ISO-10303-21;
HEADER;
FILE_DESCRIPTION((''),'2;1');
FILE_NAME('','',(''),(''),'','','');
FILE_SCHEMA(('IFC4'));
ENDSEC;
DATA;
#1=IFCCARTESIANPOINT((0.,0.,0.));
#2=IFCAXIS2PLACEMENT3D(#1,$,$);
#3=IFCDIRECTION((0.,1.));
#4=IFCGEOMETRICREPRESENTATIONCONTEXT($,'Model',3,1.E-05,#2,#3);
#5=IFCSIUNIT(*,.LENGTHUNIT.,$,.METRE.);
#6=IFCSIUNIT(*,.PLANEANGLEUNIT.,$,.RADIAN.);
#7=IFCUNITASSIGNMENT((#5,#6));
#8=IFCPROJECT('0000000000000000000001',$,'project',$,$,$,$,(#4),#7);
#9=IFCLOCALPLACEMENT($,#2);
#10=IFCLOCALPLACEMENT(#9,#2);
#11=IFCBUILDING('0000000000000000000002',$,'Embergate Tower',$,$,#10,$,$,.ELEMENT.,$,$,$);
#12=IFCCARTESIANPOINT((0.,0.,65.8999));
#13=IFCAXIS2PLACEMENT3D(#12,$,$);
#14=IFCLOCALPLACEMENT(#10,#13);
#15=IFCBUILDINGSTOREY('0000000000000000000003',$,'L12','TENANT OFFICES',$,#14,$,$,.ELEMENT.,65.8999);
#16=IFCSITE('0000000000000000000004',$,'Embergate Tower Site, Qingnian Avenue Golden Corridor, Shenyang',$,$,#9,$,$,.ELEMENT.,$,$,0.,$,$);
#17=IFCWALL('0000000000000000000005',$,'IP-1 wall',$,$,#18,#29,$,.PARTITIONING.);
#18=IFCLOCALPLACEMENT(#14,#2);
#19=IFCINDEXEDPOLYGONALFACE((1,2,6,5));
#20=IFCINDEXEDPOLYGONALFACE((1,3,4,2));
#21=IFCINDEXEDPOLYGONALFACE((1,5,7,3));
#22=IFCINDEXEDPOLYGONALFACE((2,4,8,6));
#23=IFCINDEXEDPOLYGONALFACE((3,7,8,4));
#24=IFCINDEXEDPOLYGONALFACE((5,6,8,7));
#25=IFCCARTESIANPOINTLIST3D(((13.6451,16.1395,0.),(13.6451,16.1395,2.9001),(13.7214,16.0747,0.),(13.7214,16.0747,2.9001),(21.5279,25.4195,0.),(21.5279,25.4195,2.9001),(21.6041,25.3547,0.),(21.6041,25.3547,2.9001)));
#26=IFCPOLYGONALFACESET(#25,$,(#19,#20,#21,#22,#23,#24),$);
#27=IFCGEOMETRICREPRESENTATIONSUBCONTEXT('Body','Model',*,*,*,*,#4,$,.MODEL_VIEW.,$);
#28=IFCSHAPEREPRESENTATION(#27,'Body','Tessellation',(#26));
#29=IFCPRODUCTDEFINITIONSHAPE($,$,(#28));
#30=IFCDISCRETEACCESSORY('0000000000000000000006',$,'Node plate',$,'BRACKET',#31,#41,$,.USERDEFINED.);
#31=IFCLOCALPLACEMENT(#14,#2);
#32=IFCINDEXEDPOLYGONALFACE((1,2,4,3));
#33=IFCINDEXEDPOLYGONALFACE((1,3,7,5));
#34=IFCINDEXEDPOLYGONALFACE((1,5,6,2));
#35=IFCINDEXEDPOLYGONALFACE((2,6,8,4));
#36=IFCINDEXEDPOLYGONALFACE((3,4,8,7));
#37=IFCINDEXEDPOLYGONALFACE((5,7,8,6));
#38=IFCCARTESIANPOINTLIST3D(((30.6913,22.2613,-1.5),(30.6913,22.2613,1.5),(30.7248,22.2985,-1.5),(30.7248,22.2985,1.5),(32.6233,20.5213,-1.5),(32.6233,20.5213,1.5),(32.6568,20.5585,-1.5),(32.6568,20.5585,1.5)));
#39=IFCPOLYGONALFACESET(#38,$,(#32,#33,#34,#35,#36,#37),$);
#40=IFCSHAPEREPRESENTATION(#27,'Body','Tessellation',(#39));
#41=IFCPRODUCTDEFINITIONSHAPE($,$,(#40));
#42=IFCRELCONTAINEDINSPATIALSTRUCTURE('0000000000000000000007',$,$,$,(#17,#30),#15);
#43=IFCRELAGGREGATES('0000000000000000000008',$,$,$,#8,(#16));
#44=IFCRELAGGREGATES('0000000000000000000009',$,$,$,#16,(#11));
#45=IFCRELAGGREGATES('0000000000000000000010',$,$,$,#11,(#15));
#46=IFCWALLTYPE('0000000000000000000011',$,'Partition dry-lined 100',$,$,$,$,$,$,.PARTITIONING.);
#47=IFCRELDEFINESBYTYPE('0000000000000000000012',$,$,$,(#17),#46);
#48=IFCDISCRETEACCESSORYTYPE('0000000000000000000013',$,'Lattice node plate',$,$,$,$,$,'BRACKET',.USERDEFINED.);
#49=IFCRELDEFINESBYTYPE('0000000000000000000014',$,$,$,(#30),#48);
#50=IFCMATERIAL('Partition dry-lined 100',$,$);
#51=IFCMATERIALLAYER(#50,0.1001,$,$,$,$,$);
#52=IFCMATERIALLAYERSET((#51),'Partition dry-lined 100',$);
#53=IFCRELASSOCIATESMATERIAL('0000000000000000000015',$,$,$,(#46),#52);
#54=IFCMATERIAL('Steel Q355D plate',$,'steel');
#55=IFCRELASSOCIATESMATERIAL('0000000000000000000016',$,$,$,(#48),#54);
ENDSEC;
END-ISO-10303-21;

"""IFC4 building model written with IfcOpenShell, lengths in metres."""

from ifc_helpers import new_model, si_unit, direction, frame, frame_2d, origin, origin_2d, place, context, subcontext, project, spatial, rectangle, extrude, source, transform, mapped, material, layer, layer_set, type_object, element, save


model = new_model("IFC4")

# Units and contexts
model_context = context("Model", 3, precision=1e-05, world=origin(), true_north=direction((0.0, 1.0)))
body_context = subcontext(model_context, "Body", "Model", "MODEL_VIEW")
ifc_project = project(units=[si_unit("LENGTHUNIT", "METRE"), si_unit("PLANEANGLEUNIT", "RADIAN")], contexts=[model_context])

# Site, building, storey
site_placement = place(None, origin())
site = spatial("IfcSite", under=ifc_project, at=site_placement, Name="Embergate Tower Site, Qingnian Avenue Golden Corridor, Shenyang", CompositionType="ELEMENT", RefElevation=0.0)
building_placement = place(site_placement, origin())
building = spatial("IfcBuilding", under=site, at=building_placement, Name="Embergate Tower", CompositionType="ELEMENT")
storey_placement = place(building_placement, frame((0.0, 0.0, 65.8999)))
storey = spatial("IfcBuildingStorey", under=building, at=storey_placement, Name="L12", Description="TENANT OFFICES", CompositionType="ELEMENT", Elevation=65.8999)

# Wall
ifc_material_1 = material(Name="Partition dry-lined 100")
ifc_layer_1 = layer(ifc_material_1, 0.1001)
ifc_layer_set_1 = layer_set([ifc_layer_1], Name="Partition dry-lined 100")
wall_type = type_object("IfcWallType", Name="Partition dry-lined 100", PredefinedType="PARTITIONING", material=ifc_layer_set_1)
shared_shape_1 = source(origin(), body_context, "Body", "SweptSolid", [
    extrude(rectangle(XDim=12.176, YDim=0.1001, at=frame_2d((6.0879, 0.0))), origin(), (0.0, 0.0, 1.0), 2.9001),
])
wall_placement = place(storey_placement, frame((21.5659, 25.387, 0.0), z_axis=(0.0, 0.0, 1.0), x_axis=(-0.6474, -0.762151, 0.0)))
element("IfcWall", 1, at=wall_placement, inside=storey, type_object=wall_type, Name="IP-1 wall", PredefinedType="PARTITIONING", context=body_context, shape_type="MappedRepresentation", body=[
    mapped(shared_shape_1, transform((0.0, 0.0, 0.0))),
])

# Discrete accessory
ifc_material_2 = material(Name="Steel Q355D plate", Category="steel")
discrete_accessory_type = type_object("IfcDiscreteAccessoryType", Name="Lattice node plate", ElementType="BRACKET", PredefinedType="USERDEFINED", material=ifc_material_2)
shared_shape_2 = source(origin(), body_context, "Body", "SweptSolid", [
    extrude(rectangle(XDim=2.6001, YDim=0.05, at=origin_2d()), origin(), (0.0, 0.0, 1.0), 3.0),
])
discrete_accessory_placement = place(storey_placement, frame((31.6741, 21.4099, -1.5), z_axis=(0.0, 0.0, 1.0), x_axis=(-0.743063, 0.669221, 0.0)))
element("IfcDiscreteAccessory", 2, at=discrete_accessory_placement, inside=storey, type_object=discrete_accessory_type, Name="Node plate", ObjectType="BRACKET", PredefinedType="USERDEFINED", context=body_context, shape_type="MappedRepresentation", body=[
    mapped(shared_shape_2, transform((0.0, 0.0, 0.0))),
])

save(model, "model.ifc")
